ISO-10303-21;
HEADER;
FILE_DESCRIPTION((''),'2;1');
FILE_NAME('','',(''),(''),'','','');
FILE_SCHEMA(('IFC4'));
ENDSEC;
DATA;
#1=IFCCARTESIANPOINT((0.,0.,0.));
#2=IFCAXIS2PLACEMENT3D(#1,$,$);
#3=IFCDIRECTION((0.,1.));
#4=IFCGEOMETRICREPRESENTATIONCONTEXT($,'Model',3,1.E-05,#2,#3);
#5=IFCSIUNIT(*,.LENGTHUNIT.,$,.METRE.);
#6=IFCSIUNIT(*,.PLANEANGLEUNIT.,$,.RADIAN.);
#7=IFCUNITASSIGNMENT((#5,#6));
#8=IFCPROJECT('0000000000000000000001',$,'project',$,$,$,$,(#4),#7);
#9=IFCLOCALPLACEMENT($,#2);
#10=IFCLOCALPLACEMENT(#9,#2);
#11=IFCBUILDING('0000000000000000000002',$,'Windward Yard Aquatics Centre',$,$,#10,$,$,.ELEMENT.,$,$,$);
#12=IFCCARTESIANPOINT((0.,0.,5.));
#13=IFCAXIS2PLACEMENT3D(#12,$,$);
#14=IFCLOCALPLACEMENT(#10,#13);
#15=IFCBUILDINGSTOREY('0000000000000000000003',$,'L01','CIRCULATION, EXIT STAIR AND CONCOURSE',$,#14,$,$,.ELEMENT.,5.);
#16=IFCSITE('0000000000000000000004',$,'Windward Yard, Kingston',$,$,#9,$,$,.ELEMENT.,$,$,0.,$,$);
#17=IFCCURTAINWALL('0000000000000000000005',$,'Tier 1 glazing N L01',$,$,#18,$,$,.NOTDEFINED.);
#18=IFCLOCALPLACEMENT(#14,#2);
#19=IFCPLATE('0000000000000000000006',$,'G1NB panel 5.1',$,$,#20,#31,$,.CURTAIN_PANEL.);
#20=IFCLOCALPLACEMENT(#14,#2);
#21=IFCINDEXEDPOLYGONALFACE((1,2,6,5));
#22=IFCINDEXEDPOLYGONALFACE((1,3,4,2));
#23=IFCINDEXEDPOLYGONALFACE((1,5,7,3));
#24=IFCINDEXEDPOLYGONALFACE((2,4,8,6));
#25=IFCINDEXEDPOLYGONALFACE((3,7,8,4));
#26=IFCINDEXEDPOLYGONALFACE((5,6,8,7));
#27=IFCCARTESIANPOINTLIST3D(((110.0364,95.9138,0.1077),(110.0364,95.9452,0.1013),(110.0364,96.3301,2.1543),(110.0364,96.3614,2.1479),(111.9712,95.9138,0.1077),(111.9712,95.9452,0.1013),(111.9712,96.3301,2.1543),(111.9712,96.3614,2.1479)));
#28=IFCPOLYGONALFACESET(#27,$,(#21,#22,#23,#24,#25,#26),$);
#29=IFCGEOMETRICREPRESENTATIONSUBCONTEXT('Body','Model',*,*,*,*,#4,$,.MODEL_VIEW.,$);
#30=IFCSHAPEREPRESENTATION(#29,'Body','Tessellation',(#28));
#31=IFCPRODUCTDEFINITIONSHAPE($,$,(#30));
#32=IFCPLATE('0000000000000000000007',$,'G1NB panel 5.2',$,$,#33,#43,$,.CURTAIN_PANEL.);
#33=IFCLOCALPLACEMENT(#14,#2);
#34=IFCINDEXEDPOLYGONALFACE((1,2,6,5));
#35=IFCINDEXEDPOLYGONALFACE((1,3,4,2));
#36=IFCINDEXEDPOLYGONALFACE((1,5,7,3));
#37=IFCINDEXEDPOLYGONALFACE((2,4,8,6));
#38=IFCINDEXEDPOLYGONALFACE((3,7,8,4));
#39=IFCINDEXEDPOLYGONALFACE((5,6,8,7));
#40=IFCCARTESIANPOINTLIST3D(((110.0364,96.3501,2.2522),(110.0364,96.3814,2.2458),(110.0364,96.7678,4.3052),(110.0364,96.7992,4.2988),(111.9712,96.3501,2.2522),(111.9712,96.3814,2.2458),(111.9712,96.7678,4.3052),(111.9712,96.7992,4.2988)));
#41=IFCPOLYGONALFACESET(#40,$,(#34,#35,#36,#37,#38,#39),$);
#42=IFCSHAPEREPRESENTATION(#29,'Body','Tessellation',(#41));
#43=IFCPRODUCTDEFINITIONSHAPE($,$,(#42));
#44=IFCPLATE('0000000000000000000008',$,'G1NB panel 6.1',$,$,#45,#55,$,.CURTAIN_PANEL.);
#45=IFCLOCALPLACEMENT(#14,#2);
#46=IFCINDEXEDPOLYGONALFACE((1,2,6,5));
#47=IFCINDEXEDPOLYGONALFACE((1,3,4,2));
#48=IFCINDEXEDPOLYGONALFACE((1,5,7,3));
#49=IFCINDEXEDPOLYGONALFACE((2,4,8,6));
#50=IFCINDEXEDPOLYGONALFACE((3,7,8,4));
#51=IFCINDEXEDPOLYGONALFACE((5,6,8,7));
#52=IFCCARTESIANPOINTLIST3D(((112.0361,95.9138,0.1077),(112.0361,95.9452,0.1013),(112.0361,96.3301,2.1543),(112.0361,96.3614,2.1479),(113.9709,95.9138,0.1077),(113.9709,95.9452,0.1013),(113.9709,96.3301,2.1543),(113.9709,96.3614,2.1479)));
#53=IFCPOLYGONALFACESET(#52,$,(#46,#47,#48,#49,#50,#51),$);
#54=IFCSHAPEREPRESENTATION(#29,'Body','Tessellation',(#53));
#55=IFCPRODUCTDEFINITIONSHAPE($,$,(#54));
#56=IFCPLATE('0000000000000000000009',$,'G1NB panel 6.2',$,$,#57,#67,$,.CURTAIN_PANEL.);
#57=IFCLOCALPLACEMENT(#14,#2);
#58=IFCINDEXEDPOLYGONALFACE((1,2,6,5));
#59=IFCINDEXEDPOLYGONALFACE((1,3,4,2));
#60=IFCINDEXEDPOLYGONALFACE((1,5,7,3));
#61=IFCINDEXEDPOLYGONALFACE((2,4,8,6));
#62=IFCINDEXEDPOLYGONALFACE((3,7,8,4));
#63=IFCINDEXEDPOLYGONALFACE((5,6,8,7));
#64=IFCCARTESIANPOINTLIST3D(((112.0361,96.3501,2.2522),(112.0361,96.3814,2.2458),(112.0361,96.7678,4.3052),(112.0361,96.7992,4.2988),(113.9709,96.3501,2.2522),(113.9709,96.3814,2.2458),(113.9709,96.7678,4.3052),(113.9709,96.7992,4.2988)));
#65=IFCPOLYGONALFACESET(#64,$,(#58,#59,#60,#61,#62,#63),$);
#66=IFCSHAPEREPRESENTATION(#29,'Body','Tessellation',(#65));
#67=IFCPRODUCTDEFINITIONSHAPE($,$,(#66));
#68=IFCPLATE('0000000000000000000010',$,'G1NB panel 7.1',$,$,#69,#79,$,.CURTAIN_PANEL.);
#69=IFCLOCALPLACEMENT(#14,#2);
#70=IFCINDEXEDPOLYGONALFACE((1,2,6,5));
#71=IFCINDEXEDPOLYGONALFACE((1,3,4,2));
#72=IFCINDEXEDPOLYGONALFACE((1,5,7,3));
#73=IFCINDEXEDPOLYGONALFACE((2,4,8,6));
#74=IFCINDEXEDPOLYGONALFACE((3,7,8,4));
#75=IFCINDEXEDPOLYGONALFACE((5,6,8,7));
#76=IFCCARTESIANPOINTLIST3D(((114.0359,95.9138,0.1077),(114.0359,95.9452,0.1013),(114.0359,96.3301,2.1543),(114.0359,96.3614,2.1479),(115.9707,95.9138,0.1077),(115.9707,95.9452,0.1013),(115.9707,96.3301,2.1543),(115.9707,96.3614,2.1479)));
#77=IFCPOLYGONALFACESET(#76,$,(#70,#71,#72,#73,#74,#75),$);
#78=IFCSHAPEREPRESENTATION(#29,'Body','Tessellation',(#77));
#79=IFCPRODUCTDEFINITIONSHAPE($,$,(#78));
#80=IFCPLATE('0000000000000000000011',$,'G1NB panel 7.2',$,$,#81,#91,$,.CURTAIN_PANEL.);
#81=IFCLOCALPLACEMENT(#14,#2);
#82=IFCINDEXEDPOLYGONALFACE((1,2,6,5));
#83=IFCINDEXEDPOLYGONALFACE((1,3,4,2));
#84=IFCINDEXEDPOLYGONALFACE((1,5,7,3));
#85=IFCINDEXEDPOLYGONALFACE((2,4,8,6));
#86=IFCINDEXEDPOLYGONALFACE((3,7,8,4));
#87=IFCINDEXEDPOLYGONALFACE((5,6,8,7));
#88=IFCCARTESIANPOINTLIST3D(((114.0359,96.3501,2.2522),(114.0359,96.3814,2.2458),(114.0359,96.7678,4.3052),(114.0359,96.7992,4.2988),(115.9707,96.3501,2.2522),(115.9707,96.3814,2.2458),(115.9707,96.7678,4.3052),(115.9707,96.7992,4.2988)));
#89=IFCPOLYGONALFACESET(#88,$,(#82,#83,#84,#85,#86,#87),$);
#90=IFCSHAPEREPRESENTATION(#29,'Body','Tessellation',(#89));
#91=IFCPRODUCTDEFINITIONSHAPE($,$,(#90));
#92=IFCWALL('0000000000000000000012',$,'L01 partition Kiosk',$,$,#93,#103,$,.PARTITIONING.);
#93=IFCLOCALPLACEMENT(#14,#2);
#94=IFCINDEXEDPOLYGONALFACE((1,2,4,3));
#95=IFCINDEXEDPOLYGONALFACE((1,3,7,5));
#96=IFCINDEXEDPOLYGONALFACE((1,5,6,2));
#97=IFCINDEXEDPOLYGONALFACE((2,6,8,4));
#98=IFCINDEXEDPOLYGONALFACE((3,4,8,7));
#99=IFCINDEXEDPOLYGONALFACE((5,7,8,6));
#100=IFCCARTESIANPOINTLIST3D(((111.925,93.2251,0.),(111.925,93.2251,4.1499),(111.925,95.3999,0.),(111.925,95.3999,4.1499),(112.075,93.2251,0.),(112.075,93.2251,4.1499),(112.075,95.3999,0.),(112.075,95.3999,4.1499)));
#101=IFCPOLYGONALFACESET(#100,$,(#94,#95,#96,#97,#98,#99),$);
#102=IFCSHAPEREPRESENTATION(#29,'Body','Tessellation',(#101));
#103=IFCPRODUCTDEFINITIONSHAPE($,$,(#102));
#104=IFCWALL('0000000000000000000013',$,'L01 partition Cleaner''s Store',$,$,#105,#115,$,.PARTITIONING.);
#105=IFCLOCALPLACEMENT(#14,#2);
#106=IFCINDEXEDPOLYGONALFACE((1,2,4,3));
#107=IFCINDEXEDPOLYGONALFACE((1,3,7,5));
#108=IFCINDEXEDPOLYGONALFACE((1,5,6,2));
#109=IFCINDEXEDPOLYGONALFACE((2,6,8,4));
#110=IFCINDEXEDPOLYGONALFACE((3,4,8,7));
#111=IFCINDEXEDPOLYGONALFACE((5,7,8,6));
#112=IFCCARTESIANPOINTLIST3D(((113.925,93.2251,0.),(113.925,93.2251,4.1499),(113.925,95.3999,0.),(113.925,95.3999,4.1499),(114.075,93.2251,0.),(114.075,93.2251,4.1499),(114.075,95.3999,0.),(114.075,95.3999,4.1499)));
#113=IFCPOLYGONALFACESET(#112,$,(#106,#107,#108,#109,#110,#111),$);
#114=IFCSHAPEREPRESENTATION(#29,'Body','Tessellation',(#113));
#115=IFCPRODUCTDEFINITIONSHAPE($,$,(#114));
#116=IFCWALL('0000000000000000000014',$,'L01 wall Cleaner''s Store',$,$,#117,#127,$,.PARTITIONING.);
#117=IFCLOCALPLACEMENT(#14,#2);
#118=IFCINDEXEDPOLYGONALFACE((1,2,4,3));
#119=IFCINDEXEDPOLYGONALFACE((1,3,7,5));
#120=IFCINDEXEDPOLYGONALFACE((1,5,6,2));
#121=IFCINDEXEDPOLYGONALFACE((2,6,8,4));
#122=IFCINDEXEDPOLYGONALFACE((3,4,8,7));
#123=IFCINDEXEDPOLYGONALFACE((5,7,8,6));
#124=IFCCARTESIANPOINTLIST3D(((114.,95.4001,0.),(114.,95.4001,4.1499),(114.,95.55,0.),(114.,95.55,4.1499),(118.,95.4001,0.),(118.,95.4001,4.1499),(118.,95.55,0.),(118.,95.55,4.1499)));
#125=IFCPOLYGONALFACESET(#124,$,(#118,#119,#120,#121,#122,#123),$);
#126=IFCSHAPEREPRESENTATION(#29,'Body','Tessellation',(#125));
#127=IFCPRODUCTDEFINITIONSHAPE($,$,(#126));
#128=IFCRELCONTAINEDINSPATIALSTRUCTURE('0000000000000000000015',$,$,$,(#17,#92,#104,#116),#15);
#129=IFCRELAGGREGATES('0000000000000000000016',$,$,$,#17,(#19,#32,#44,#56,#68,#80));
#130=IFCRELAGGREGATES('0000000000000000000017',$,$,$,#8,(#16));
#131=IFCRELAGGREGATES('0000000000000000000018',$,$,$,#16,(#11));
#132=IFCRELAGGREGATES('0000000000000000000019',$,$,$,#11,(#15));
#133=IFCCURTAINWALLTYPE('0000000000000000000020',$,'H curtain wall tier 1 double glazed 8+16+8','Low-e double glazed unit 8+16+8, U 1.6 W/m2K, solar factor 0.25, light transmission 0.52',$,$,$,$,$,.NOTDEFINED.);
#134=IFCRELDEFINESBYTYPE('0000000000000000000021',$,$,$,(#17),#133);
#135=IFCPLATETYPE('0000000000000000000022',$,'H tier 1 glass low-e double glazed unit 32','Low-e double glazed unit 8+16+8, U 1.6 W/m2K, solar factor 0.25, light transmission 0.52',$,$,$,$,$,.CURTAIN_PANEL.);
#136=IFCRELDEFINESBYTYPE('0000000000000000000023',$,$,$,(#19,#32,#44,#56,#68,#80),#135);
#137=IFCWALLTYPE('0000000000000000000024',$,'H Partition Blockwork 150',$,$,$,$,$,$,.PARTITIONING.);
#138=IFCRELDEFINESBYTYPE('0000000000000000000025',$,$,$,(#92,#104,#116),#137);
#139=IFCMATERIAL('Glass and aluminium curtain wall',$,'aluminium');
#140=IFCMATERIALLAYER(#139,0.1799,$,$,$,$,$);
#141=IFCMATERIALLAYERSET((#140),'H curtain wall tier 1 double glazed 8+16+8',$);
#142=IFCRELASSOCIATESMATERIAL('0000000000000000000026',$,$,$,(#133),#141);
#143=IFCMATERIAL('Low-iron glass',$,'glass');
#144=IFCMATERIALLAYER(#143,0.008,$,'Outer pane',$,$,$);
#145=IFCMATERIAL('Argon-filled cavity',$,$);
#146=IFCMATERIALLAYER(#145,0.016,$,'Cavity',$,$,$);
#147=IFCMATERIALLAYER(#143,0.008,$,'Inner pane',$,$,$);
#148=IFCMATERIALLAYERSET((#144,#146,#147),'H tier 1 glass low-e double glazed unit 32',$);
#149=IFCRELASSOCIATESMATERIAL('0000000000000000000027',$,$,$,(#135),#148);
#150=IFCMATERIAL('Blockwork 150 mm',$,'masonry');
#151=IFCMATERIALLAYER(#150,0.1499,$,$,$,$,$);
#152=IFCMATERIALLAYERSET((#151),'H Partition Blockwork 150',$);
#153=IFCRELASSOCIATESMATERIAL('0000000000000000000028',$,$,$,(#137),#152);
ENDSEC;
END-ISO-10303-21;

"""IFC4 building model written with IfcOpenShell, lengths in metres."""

from ifc_helpers import new_model, si_unit, direction, frame, frame_2d, origin, place, context, subcontext, project, spatial, polyline, rectangle, outline, extrude, material, layer, layer_set, type_object, element, aggregate, save


model = new_model("IFC4")

# Units and contexts
model_context = context("Model", 3, precision=1e-05, world=origin(), true_north=direction((0.0, 1.0)))
body_context = subcontext(model_context, "Body", "Model", "MODEL_VIEW")
ifc_project = project(units=[si_unit("LENGTHUNIT", "METRE"), si_unit("PLANEANGLEUNIT", "RADIAN")], contexts=[model_context])

# Site, building, storey
site_placement = place(None, origin())
site = spatial("IfcSite", under=ifc_project, at=site_placement, Name="Windward Yard, Kingston", CompositionType="ELEMENT", RefElevation=0.0)
building_placement = place(site_placement, origin())
building = spatial("IfcBuilding", under=site, at=building_placement, Name="Windward Yard Aquatics Centre", CompositionType="ELEMENT")
storey_placement = place(building_placement, frame((0.0, 0.0, 5.0)))
storey = spatial("IfcBuildingStorey", under=building, at=storey_placement, Name="L01", Description="CIRCULATION, EXIT STAIR AND CONCOURSE", CompositionType="ELEMENT", Elevation=5.0)

# Curtain wall, plates
ifc_material_1 = material(Name="Glass and aluminium curtain wall", Category="aluminium")
ifc_layer_1 = layer(ifc_material_1, 0.1799)
ifc_layer_set_1 = layer_set([ifc_layer_1], Name="H curtain wall tier 1 double glazed 8+16+8")
curtain_wall_type = type_object("IfcCurtainWallType", Name="H curtain wall tier 1 double glazed 8+16+8", Description="Low-e double glazed unit 8+16+8, U 1.6 W/m2K, solar factor 0.25, light transmission 0.52", PredefinedType="NOTDEFINED", material=ifc_layer_set_1)
curtain_wall_placement = place(storey_placement, origin())
curtain_wall = element("IfcCurtainWall", 1, at=curtain_wall_placement, inside=storey, type_object=curtain_wall_type, Name="Tier 1 glazing N L01", PredefinedType="NOTDEFINED")
ifc_material_2 = material(Name="Low-iron glass", Category="glass")
ifc_layer_2 = layer(ifc_material_2, 0.008, Name="Outer pane")
ifc_material_3 = material(Name="Argon-filled cavity")
ifc_layer_3 = layer(ifc_material_3, 0.016, Name="Cavity")
ifc_layer_4 = layer(ifc_material_2, 0.008, Name="Inner pane")
ifc_layer_set_2 = layer_set([ifc_layer_2, ifc_layer_3, ifc_layer_4], Name="H tier 1 glass low-e double glazed unit 32")
plate_type = type_object("IfcPlateType", Name="H tier 1 glass low-e double glazed unit 32", Description="Low-e double glazed unit 8+16+8, U 1.6 W/m2K, solar factor 0.25, light transmission 0.52", PredefinedType="CURTAIN_PANEL", material=ifc_layer_set_2)
plate_1_placement = place(storey_placement, frame((110.0364, 95.9138, 0.1077), z_axis=(0.0, -0.979937, 0.199307), x_axis=(1.0, 0.0, 0.0)))
plate_1 = element("IfcPlate", 2, at=plate_1_placement, type_object=plate_type, Name="G1NB panel 5.1", PredefinedType="CURTAIN_PANEL", context=body_context, shape_type="SweptSolid", body=[
    extrude(outline(polyline([(0.0, 0.0), (1.9348, 0.0), (1.9348, 2.0885), (0.0, 2.0885), (0.0, 0.0)])), origin(), (0.0, 0.0, -1.0), 0.032),
])
plate_2_placement = place(storey_placement, frame((110.0364, 96.3501, 2.2522), z_axis=(0.0, -0.979921, 0.199387), x_axis=(1.0, 0.0, 0.0)))
plate_2 = element("IfcPlate", 3, at=plate_2_placement, type_object=plate_type, Name="G1NB panel 5.2", PredefinedType="CURTAIN_PANEL", context=body_context, shape_type="SweptSolid", body=[
    extrude(outline(polyline([(0.0, 0.0), (1.9348, 0.0), (1.9348, 2.095), (0.0, 2.095), (0.0, 0.0)])), origin(), (0.0, 0.0, -1.0), 0.032),
])
plate_3_placement = place(storey_placement, frame((112.0361, 95.9138, 0.1077), z_axis=(0.0, -0.979937, 0.199307), x_axis=(1.0, 0.0, 0.0)))
plate_3 = element("IfcPlate", 4, at=plate_3_placement, type_object=plate_type, Name="G1NB panel 6.1", PredefinedType="CURTAIN_PANEL", context=body_context, shape_type="SweptSolid", body=[
    extrude(outline(polyline([(0.0, 0.0), (1.9348, 0.0), (1.9348, 2.0885), (0.0, 2.0885), (0.0, 0.0)])), origin(), (0.0, 0.0, -1.0), 0.032),
])
plate_4_placement = place(storey_placement, frame((112.0361, 96.3501, 2.2522), z_axis=(0.0, -0.979921, 0.199387), x_axis=(1.0, 0.0, 0.0)))
plate_4 = element("IfcPlate", 5, at=plate_4_placement, type_object=plate_type, Name="G1NB panel 6.2", PredefinedType="CURTAIN_PANEL", context=body_context, shape_type="SweptSolid", body=[
    extrude(outline(polyline([(0.0, 0.0), (1.9348, 0.0), (1.9348, 2.095), (0.0, 2.095), (0.0, 0.0)])), origin(), (0.0, 0.0, -1.0), 0.032),
])
plate_5_placement = place(storey_placement, frame((114.0359, 95.9138, 0.1077), z_axis=(0.0, -0.979937, 0.199307), x_axis=(1.0, 0.0, 0.0)))
plate_5 = element("IfcPlate", 6, at=plate_5_placement, type_object=plate_type, Name="G1NB panel 7.1", PredefinedType="CURTAIN_PANEL", context=body_context, shape_type="SweptSolid", body=[
    extrude(outline(polyline([(0.0, 0.0), (1.9348, 0.0), (1.9348, 2.0885), (0.0, 2.0885), (0.0, 0.0)])), origin(), (0.0, 0.0, -1.0), 0.032),
])
plate_6_placement = place(storey_placement, frame((114.0359, 96.3501, 2.2522), z_axis=(0.0, -0.979921, 0.199387), x_axis=(1.0, 0.0, 0.0)))
plate_6 = element("IfcPlate", 7, at=plate_6_placement, type_object=plate_type, Name="G1NB panel 7.2", PredefinedType="CURTAIN_PANEL", context=body_context, shape_type="SweptSolid", body=[
    extrude(outline(polyline([(0.0, 0.0), (1.9348, 0.0), (1.9348, 2.095), (0.0, 2.095), (0.0, 0.0)])), origin(), (0.0, 0.0, -1.0), 0.032),
])
aggregate(curtain_wall, [plate_1, plate_2, plate_3, plate_4, plate_5, plate_6])

# Walls
ifc_material_4 = material(Name="Blockwork 150 mm", Category="masonry")
ifc_layer_5 = layer(ifc_material_4, 0.1499)
ifc_layer_set_3 = layer_set([ifc_layer_5], Name="H Partition Blockwork 150")
wall_type = type_object("IfcWallType", Name="H Partition Blockwork 150", PredefinedType="PARTITIONING", material=ifc_layer_set_3)
for number, where, z_axis, x_axis, name in (
    (8, (112.0, 95.3999, 0.0), (0.0, 0.0, 1.0), (0.0, -1.0, 0.0), "L01 partition Kiosk"),
    (9, (114.0, 95.3999, 0.0), (0.0, 0.0, 1.0), (0.0, -1.0, 0.0), "L01 partition Cleaner's Store"),
):
    element("IfcWall", number, at=place(storey_placement, frame(where, z_axis=z_axis, x_axis=x_axis)), inside=storey, type_object=wall_type, Name=name, PredefinedType="PARTITIONING", context=body_context, shape_type="SweptSolid", body=[
        extrude(rectangle(XDim=2.1748, YDim=0.1499, at=frame_2d((1.0874, 0.0))), origin(), (0.0, 0.0, 1.0), 4.1499),
    ])
wall_placement = place(storey_placement, frame((114.0, 95.4751, 0.0), z_axis=(0.0, 0.0, 1.0), x_axis=(1.0, 0.0, 0.0)))
element("IfcWall", 10, at=wall_placement, inside=storey, type_object=wall_type, Name="L01 wall Cleaner's Store", PredefinedType="PARTITIONING", context=body_context, shape_type="SweptSolid", body=[
    extrude(rectangle(XDim=4.0, YDim=0.1499, at=frame_2d((2.0, 0.0))), origin(), (0.0, 0.0, 1.0), 4.1499),
])

save(model, "model.ifc")
